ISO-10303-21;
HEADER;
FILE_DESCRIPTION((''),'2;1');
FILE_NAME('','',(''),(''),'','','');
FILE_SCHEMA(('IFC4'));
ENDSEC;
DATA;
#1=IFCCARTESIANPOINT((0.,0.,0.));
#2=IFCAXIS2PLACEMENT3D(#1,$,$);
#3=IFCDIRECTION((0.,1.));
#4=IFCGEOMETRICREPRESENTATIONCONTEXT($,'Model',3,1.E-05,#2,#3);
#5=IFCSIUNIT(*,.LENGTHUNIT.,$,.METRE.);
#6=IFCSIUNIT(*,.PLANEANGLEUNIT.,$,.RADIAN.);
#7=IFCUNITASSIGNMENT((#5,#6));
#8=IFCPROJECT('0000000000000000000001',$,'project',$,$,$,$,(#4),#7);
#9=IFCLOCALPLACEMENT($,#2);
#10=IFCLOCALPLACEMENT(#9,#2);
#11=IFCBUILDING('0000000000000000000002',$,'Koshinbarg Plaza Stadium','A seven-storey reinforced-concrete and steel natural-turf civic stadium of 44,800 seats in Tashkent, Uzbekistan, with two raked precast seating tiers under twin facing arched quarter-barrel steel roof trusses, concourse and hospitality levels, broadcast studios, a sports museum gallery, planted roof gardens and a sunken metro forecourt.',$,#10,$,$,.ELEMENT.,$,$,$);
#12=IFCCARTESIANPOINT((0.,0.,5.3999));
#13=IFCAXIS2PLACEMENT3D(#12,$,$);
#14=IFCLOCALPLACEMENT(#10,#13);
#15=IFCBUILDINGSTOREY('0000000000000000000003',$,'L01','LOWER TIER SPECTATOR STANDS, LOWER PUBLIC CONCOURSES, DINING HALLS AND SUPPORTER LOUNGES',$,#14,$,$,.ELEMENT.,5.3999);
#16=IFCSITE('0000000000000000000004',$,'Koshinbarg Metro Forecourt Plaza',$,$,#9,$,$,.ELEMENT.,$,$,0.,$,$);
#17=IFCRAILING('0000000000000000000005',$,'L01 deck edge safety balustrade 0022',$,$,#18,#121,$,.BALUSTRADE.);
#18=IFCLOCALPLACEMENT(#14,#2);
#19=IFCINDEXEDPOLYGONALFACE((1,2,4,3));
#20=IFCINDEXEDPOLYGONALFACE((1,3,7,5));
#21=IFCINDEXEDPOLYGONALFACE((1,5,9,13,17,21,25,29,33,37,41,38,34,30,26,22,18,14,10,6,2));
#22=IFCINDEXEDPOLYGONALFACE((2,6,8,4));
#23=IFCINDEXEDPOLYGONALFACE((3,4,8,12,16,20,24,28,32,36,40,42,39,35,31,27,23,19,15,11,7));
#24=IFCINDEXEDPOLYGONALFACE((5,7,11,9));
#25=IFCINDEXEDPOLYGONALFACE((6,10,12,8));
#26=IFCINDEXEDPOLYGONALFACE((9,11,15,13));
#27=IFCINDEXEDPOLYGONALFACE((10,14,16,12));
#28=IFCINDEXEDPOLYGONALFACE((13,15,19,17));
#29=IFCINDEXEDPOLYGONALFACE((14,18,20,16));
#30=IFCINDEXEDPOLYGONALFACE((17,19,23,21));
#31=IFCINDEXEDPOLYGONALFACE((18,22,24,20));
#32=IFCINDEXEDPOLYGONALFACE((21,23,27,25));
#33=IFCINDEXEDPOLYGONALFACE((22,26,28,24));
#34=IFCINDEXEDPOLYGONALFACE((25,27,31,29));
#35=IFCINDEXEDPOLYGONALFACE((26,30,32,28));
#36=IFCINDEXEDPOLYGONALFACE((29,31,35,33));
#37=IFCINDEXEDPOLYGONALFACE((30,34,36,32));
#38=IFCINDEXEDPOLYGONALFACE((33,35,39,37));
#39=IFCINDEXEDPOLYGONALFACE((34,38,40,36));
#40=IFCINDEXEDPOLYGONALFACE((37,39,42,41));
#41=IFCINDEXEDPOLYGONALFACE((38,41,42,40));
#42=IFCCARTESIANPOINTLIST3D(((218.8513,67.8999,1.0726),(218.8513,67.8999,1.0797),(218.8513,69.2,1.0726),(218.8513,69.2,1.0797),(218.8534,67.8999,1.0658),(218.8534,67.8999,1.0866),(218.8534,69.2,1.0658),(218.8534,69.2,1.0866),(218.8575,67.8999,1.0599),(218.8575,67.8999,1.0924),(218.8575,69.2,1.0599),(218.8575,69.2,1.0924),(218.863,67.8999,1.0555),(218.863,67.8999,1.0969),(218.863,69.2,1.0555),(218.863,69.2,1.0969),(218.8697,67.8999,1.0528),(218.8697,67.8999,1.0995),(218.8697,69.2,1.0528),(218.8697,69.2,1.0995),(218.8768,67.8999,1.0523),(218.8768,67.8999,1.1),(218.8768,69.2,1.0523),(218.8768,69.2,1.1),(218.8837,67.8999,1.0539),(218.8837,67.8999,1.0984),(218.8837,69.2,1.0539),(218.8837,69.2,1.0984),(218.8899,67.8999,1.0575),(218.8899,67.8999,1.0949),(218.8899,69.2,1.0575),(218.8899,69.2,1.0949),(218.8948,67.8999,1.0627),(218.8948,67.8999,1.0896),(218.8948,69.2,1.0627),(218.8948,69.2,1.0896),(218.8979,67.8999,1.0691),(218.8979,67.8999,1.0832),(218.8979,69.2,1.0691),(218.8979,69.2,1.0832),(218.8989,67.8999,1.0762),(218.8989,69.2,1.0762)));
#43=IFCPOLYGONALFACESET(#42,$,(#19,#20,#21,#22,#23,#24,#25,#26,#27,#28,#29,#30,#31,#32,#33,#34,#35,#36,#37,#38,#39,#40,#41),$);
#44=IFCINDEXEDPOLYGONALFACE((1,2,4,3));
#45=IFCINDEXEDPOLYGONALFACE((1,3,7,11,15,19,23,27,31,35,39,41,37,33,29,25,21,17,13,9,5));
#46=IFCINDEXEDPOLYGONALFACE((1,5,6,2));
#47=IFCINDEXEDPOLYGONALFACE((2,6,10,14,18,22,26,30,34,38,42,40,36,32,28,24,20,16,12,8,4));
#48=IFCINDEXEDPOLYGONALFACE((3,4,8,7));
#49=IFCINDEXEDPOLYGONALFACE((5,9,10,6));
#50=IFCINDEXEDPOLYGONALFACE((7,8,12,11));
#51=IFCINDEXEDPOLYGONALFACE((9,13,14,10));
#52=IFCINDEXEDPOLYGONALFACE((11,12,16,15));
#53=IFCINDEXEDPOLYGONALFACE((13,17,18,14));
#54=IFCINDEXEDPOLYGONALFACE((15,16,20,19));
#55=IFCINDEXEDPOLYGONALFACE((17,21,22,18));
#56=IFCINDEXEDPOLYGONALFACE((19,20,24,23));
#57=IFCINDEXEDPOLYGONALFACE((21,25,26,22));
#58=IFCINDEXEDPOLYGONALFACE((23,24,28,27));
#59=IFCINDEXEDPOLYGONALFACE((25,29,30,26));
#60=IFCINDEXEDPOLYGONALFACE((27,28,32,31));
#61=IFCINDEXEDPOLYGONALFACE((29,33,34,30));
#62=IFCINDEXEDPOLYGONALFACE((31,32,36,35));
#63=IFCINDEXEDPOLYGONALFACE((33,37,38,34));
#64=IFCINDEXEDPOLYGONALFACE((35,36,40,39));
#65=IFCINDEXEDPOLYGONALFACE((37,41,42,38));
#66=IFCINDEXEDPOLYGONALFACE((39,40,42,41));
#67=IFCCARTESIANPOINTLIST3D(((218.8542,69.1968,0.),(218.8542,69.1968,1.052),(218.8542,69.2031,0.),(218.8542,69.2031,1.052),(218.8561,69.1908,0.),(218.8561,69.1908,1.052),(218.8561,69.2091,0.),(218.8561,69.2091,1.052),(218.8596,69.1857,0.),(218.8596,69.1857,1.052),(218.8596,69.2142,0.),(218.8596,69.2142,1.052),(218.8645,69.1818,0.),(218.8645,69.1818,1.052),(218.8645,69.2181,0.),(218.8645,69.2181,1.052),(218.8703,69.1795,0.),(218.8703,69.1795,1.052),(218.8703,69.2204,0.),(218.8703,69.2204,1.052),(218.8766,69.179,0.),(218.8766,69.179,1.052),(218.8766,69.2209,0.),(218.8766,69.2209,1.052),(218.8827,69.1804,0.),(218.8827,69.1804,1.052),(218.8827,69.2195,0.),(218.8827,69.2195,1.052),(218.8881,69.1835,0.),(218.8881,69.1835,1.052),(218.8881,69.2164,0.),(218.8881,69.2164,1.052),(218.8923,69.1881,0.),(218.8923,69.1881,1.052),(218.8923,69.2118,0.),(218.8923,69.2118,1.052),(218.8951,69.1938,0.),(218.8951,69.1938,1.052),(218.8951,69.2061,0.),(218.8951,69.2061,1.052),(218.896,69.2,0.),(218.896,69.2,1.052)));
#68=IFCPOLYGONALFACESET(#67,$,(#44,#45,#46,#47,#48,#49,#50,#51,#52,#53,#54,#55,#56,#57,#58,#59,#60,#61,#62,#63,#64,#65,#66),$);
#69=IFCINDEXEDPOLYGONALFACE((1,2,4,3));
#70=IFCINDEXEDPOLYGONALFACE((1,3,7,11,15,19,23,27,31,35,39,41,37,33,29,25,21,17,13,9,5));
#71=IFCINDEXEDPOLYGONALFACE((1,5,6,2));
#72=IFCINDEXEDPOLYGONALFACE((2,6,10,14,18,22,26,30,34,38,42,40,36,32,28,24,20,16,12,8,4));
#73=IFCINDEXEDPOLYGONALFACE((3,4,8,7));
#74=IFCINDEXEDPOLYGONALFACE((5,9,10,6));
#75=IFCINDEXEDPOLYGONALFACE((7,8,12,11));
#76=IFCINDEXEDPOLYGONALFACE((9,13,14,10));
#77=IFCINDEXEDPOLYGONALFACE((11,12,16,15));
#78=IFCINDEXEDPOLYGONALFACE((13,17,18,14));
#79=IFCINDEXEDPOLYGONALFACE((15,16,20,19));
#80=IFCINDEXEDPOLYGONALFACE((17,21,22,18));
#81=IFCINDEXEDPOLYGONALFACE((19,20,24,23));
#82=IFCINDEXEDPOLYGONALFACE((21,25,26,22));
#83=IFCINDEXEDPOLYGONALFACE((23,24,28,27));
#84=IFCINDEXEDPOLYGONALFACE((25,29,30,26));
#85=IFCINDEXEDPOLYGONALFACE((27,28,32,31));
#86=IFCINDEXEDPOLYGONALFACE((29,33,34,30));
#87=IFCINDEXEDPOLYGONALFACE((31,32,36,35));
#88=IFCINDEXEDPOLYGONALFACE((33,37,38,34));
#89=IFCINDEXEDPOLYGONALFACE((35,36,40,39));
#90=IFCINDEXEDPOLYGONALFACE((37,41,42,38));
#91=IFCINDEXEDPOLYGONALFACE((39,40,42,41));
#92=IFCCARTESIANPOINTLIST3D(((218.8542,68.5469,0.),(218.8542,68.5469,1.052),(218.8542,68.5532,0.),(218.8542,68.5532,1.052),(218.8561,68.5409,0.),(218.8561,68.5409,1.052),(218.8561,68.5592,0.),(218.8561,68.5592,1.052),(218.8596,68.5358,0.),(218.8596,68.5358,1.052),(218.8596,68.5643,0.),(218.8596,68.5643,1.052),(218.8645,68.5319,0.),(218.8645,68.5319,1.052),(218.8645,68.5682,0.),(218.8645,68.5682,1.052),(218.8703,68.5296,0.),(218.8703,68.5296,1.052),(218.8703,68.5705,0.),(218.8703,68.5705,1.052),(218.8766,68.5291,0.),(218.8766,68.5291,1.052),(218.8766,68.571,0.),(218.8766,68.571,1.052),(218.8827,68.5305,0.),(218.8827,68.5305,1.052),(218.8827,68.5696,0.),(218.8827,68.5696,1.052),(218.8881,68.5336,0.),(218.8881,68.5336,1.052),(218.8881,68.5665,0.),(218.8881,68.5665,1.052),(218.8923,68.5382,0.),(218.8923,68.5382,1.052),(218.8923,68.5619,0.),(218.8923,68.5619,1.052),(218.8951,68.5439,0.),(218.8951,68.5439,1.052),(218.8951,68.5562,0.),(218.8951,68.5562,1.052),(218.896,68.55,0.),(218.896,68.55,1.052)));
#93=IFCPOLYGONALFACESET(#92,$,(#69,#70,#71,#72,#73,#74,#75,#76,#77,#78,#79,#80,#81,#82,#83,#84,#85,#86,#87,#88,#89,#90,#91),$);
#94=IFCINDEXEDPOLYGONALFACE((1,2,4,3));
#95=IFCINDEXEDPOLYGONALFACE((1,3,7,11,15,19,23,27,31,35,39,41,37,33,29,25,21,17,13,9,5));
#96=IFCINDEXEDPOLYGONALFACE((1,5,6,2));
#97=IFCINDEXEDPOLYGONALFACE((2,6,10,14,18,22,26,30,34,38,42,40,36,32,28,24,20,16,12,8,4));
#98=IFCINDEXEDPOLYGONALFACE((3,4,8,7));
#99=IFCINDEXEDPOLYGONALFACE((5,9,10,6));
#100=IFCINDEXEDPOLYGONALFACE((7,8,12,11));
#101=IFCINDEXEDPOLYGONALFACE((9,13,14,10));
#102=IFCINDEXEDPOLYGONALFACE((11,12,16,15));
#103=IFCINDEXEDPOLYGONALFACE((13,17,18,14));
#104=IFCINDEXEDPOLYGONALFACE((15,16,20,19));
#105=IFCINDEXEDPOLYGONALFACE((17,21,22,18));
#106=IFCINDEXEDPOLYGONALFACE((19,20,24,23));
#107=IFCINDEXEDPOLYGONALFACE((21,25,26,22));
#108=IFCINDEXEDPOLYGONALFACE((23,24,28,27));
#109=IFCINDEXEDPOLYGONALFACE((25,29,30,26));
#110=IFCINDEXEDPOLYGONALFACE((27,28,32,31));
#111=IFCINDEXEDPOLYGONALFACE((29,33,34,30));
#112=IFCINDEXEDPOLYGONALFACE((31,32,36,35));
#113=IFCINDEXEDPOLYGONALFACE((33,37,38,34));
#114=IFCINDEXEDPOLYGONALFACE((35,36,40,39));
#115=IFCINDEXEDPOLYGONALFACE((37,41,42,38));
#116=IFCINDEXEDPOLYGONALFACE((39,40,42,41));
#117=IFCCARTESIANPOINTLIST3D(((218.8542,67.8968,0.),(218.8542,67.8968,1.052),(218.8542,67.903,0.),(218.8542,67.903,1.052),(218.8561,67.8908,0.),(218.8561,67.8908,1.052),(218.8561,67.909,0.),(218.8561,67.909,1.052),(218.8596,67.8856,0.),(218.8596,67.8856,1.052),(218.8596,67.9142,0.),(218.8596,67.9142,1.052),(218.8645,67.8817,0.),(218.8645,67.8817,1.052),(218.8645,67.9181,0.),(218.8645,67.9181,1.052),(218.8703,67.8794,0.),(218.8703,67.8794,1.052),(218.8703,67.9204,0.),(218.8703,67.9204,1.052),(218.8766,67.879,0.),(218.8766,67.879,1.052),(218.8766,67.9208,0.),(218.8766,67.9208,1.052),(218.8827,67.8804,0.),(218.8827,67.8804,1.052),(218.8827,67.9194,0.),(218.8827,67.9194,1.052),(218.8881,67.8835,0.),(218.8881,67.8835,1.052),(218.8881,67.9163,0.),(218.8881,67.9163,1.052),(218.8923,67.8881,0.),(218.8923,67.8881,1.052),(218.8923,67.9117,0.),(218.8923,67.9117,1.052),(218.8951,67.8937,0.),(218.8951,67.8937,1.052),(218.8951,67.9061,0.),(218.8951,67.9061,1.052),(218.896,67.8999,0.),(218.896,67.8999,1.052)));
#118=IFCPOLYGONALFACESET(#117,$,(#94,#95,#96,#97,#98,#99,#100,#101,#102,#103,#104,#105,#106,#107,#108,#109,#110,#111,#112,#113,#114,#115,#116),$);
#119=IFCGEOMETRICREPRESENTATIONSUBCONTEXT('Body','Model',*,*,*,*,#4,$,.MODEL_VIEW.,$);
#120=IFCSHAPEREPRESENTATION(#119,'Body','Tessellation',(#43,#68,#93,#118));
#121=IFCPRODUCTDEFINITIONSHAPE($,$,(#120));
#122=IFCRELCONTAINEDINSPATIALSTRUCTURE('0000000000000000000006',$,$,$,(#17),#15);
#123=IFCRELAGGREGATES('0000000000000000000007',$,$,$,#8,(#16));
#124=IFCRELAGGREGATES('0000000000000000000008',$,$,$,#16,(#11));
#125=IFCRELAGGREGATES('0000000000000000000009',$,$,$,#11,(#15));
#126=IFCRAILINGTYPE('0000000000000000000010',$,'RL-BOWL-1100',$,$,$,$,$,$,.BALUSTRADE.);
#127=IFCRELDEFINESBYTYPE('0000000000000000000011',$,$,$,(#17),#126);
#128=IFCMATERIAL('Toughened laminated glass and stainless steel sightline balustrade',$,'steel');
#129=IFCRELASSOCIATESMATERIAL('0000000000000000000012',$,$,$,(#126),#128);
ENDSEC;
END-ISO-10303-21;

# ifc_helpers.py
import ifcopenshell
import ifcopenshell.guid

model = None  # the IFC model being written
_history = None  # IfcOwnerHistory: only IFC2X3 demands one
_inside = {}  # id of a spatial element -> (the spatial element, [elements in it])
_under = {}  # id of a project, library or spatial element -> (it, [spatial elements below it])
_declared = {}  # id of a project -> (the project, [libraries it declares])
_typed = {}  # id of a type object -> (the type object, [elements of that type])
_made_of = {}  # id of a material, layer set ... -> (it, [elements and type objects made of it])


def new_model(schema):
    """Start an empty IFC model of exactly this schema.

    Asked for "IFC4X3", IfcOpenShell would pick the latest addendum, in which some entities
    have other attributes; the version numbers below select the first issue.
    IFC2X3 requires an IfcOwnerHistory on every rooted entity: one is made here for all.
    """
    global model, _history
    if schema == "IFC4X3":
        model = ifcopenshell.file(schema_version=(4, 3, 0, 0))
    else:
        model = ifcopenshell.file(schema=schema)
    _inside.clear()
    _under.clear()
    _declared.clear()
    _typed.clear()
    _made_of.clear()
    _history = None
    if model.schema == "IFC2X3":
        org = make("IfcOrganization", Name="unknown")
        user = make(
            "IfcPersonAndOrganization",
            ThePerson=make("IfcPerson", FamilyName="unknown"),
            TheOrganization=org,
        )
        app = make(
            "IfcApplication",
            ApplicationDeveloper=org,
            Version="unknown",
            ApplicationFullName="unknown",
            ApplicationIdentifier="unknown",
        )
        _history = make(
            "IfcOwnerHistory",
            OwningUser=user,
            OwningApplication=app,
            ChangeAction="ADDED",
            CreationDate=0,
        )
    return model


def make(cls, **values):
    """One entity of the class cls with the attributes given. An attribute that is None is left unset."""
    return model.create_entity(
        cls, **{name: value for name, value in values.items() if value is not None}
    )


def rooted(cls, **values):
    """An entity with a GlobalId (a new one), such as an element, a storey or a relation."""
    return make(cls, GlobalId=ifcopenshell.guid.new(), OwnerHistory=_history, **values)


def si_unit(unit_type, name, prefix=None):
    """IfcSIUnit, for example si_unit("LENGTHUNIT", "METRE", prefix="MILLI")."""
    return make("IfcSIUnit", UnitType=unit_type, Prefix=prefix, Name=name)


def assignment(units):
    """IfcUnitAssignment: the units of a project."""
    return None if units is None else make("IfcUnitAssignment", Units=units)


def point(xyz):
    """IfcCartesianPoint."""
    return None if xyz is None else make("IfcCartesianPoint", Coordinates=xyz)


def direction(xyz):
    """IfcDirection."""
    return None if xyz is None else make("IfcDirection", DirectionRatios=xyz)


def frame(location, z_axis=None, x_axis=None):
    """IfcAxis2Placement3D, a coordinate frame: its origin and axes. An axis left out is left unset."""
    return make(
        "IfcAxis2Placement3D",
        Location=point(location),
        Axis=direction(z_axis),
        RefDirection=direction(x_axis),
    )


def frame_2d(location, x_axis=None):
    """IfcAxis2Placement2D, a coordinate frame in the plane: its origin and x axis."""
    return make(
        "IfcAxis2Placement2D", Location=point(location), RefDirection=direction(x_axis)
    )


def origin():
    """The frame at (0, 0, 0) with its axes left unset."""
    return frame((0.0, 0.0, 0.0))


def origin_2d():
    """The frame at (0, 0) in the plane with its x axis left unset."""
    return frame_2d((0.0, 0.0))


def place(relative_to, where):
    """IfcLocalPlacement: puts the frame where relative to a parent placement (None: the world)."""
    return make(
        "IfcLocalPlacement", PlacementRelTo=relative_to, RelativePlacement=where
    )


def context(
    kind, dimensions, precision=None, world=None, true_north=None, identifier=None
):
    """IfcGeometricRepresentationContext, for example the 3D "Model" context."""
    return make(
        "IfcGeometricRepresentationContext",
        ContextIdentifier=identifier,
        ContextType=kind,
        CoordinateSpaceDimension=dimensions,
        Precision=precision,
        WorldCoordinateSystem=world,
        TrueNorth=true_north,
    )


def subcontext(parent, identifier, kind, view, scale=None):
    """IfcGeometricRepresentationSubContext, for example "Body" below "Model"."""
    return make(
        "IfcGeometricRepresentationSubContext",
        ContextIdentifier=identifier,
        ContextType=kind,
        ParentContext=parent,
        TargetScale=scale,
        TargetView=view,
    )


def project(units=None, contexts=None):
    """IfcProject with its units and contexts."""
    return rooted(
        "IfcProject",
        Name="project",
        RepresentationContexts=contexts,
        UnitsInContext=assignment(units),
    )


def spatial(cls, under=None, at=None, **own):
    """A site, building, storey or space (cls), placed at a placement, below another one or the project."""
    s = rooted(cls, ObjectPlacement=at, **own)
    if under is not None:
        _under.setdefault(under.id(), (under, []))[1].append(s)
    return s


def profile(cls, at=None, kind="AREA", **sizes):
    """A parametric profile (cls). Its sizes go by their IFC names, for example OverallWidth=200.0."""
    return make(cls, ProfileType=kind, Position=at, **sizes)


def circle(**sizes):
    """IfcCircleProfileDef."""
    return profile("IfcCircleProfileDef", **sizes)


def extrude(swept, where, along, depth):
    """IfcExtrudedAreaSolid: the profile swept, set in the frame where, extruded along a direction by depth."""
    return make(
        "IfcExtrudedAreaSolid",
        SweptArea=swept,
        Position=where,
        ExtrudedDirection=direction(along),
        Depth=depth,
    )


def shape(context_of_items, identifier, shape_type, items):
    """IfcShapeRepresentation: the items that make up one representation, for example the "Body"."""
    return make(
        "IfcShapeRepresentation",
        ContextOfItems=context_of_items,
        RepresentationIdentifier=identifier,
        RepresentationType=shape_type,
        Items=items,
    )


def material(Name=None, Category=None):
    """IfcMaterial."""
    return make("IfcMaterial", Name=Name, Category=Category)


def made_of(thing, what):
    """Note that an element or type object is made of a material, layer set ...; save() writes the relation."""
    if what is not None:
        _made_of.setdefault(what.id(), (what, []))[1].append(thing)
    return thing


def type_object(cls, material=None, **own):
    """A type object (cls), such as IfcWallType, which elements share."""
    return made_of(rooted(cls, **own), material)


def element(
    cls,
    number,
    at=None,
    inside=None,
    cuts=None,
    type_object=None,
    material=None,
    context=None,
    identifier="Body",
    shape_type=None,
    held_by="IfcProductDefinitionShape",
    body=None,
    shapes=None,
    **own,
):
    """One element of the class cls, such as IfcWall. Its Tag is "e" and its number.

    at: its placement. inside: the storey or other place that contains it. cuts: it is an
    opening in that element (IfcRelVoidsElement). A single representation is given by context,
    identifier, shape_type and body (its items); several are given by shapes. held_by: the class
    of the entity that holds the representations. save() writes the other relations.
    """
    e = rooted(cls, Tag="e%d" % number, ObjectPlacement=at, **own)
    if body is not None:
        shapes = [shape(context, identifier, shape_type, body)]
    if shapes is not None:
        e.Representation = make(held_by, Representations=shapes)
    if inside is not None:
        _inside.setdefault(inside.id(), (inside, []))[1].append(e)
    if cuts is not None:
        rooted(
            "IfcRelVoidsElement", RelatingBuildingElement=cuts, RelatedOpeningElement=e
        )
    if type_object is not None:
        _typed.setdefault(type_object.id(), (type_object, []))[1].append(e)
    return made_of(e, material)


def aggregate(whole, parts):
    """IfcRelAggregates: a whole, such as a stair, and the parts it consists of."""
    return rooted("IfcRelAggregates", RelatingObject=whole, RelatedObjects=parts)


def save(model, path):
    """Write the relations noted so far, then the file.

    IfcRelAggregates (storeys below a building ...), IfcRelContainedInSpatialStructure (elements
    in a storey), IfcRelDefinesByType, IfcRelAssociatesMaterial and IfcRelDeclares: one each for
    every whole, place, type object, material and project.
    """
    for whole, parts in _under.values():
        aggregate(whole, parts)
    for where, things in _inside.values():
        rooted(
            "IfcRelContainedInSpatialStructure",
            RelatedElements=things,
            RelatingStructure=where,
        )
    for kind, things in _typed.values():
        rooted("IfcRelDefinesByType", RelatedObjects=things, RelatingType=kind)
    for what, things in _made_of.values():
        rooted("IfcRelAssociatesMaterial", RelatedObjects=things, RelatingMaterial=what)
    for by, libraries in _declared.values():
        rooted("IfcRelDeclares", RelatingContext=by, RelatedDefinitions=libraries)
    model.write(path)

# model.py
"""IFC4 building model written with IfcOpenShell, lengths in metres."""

from ifc_helpers import new_model, si_unit, direction, frame, origin, origin_2d, place, context, subcontext, project, spatial, circle, extrude, material, type_object, element, save


model = new_model("IFC4")

# Units and contexts
model_context = context("Model", 3, precision=1e-05, world=origin(), true_north=direction((0.0, 1.0)))
body_context = subcontext(model_context, "Body", "Model", "MODEL_VIEW")
ifc_project = project(units=[si_unit("LENGTHUNIT", "METRE"), si_unit("PLANEANGLEUNIT", "RADIAN")], contexts=[model_context])

# Site, building, storey
site_placement = place(None, origin())
site = spatial("IfcSite", under=ifc_project, at=site_placement, Name="Koshinbarg Metro Forecourt Plaza", CompositionType="ELEMENT", RefElevation=0.0)
building_placement = place(site_placement, origin())
building = spatial("IfcBuilding", under=site, at=building_placement, Name="Koshinbarg Plaza Stadium", Description="A seven-storey reinforced-concrete and steel natural-turf civic stadium of 44,800 seats in Tashkent, Uzbekistan, with two raked precast seating tiers under twin facing arched quarter-barrel steel roof trusses, concourse and hospitality levels, broadcast studios, a sports museum gallery, planted roof gardens and a sunken metro forecourt.", CompositionType="ELEMENT")
storey_placement = place(building_placement, frame((0.0, 0.0, 5.3999)))
storey = spatial("IfcBuildingStorey", under=building, at=storey_placement, Name="L01", Description="LOWER TIER SPECTATOR STANDS, LOWER PUBLIC CONCOURSES, DINING HALLS AND SUPPORTER LOUNGES", CompositionType="ELEMENT", Elevation=5.3999)

# Railing
ifc_material_1 = material(Name="Toughened laminated glass and stainless steel sightline balustrade", Category="steel")
railing_type = type_object("IfcRailingType", Name="RL-BOWL-1100", PredefinedType="BALUSTRADE", material=ifc_material_1)
railing_placement = place(storey_placement, frame((218.875, 69.2, 0.0)))
element("IfcRailing", 1, at=railing_placement, inside=storey, type_object=railing_type, Name="L01 deck edge safety balustrade 0022", PredefinedType="BALUSTRADE", context=body_context, shape_type="SweptSolid", body=[
    extrude(circle(Radius=0.0239, at=origin_2d()), frame((0.0, 0.0, 1.0762), z_axis=(0.0, -1.0, 0.0), x_axis=(1.0, 0.0, 0.0)), (0.0, 0.0, 1.0), 1.3),
    extrude(circle(Radius=0.021, at=origin_2d()), origin(), (0.0, 0.0, 1.0), 1.052),
    extrude(circle(Radius=0.021, at=origin_2d()), frame((0.0, -0.6499, 0.0)), (0.0, 0.0, 1.0), 1.052),
    extrude(circle(Radius=0.021, at=origin_2d()), frame((0.0, -1.3, 0.0)), (0.0, 0.0, 1.0), 1.052),
])

save(model, "model.ifc")
